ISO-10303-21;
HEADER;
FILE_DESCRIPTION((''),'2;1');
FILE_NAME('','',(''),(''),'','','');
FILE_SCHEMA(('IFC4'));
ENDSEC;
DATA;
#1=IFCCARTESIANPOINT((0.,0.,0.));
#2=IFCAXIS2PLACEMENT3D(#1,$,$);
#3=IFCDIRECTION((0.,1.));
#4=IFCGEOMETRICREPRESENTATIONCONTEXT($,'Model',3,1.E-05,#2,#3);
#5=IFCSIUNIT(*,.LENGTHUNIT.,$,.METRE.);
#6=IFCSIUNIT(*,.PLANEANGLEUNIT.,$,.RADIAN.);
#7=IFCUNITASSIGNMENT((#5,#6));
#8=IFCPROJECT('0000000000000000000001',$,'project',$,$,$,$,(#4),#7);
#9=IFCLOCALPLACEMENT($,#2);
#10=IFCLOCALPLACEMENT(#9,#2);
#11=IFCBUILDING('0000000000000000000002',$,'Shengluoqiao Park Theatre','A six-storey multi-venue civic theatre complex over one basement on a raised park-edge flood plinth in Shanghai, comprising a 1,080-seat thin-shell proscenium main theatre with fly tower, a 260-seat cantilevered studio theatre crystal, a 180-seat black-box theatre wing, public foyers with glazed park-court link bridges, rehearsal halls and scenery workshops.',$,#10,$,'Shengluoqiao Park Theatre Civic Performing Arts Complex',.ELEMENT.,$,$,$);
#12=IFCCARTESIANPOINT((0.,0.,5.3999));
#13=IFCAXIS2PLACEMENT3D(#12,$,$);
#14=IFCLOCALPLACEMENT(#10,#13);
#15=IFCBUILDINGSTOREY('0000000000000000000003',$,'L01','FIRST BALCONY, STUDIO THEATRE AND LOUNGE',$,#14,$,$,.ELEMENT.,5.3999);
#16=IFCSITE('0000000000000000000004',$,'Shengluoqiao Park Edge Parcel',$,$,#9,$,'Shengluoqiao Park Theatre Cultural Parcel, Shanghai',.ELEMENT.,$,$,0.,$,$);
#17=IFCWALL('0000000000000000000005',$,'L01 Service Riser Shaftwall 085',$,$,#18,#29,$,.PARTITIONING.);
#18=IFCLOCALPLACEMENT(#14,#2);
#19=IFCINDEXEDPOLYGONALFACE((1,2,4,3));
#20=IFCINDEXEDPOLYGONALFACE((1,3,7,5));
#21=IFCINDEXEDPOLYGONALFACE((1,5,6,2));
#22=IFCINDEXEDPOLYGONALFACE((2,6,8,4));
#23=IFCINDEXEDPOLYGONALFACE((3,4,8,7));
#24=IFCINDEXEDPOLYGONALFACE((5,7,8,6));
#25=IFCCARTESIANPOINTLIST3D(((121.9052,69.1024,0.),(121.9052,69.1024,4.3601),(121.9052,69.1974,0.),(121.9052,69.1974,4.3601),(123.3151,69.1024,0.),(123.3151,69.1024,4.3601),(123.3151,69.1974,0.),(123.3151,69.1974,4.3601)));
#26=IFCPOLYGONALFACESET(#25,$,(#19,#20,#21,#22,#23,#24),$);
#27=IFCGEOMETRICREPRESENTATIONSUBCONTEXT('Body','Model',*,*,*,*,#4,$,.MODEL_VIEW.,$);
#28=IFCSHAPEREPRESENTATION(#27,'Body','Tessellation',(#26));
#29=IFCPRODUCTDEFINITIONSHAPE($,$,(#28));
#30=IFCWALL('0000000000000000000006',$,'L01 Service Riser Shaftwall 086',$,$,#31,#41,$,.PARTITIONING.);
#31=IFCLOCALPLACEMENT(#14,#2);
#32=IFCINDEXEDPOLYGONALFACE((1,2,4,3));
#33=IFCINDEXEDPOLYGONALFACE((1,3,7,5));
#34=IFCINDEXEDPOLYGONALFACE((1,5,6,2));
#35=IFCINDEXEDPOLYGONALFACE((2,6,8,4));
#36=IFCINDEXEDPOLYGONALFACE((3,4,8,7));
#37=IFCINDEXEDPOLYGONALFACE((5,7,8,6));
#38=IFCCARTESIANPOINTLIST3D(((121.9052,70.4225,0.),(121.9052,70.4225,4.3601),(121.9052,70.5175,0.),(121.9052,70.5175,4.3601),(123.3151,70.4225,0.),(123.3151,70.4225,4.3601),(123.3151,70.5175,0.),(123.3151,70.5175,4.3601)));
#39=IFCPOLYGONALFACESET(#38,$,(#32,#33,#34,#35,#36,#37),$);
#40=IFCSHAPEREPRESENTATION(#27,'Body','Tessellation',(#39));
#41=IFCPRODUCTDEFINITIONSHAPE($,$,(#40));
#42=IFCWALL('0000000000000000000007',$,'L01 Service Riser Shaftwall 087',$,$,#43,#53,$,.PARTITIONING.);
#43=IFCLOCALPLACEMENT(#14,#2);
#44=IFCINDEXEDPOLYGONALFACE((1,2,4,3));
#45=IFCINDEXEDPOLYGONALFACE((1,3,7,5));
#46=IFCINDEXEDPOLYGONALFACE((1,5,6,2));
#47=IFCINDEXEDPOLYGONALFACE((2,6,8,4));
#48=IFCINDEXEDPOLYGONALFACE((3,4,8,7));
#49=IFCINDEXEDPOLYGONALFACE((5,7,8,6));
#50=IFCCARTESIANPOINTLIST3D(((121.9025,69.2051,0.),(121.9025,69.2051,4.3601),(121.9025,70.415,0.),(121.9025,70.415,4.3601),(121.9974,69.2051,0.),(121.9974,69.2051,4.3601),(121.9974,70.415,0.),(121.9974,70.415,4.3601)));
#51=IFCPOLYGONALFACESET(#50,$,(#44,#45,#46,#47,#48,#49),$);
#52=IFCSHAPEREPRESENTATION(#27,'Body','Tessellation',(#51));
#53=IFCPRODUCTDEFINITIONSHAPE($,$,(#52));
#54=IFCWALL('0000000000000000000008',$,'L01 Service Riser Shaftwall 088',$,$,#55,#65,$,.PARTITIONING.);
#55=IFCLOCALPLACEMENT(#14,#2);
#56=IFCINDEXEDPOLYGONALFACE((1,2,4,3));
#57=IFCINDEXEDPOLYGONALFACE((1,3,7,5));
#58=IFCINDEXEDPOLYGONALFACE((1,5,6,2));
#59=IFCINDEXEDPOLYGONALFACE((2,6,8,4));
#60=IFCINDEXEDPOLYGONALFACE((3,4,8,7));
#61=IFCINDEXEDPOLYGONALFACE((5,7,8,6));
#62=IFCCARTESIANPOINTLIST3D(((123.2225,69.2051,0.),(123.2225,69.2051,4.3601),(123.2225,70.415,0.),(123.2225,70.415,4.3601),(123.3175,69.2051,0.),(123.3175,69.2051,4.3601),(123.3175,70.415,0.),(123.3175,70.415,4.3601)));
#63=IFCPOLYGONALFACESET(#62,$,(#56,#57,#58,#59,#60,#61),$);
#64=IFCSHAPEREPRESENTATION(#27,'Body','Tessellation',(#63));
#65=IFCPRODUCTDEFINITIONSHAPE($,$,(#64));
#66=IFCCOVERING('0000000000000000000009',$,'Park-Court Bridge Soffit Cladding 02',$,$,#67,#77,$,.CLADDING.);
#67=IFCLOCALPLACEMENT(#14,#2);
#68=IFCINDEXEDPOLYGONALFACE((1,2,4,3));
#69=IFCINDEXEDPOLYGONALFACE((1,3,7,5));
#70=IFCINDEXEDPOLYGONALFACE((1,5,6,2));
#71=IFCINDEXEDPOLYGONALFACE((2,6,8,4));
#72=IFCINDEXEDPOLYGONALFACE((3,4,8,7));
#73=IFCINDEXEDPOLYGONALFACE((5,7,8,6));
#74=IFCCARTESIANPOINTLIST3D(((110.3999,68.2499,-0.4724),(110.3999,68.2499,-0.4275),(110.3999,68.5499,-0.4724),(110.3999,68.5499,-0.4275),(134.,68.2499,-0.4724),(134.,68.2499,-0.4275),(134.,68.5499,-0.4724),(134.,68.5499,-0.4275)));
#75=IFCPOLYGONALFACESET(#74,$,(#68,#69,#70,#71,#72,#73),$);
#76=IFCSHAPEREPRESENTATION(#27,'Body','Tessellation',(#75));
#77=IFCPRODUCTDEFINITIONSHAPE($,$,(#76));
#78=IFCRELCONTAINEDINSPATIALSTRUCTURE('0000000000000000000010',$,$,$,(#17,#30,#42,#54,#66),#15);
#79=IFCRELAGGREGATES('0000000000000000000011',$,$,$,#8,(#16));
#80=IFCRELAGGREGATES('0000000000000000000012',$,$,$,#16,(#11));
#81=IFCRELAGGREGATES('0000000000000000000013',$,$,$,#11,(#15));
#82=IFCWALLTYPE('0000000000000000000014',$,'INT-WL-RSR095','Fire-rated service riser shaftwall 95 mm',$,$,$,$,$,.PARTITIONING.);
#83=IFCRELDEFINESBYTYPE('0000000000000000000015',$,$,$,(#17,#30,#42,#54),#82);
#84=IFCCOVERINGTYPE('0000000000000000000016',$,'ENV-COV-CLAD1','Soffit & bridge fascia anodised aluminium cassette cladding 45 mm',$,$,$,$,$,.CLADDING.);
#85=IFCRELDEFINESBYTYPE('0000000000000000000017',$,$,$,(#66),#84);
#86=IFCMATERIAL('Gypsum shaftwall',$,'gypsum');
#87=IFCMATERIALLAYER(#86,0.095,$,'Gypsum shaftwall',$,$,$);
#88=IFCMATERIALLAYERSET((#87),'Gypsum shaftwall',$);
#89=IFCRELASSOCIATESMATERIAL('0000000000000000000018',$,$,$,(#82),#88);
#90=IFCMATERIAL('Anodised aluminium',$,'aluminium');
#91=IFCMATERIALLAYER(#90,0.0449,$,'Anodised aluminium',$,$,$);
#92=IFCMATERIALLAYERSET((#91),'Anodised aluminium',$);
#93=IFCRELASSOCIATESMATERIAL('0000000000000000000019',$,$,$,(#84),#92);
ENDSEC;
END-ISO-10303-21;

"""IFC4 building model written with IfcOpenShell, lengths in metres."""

from ifc_helpers import new_model, si_unit, direction, frame, frame_2d, origin, origin_2d, place, context, subcontext, project, spatial, rectangle, extrude, material, layer, layer_set, type_object, element, save


model = new_model("IFC4")

# Units and contexts
model_context = context("Model", 3, precision=1e-05, world=origin(), true_north=direction((0.0, 1.0)))
body_context = subcontext(model_context, "Body", "Model", "MODEL_VIEW")
ifc_project = project(units=[si_unit("LENGTHUNIT", "METRE"), si_unit("PLANEANGLEUNIT", "RADIAN")], contexts=[model_context])

# Site, building, storey
site_placement = place(None, origin())
site = spatial("IfcSite", under=ifc_project, at=site_placement, Name="Shengluoqiao Park Edge Parcel", LongName="Shengluoqiao Park Theatre Cultural Parcel, Shanghai", CompositionType="ELEMENT", RefElevation=0.0)
building_placement = place(site_placement, origin())
building = spatial("IfcBuilding", under=site, at=building_placement, Name="Shengluoqiao Park Theatre", Description="A six-storey multi-venue civic theatre complex over one basement on a raised park-edge flood plinth in Shanghai, comprising a 1,080-seat thin-shell proscenium main theatre with fly tower, a 260-seat cantilevered studio theatre crystal, a 180-seat black-box theatre wing, public foyers with glazed park-court link bridges, rehearsal halls and scenery workshops.", LongName="Shengluoqiao Park Theatre Civic Performing Arts Complex", CompositionType="ELEMENT")
storey_placement = place(building_placement, frame((0.0, 0.0, 5.3999)))
storey = spatial("IfcBuildingStorey", under=building, at=storey_placement, Name="L01", Description="FIRST BALCONY, STUDIO THEATRE AND LOUNGE", CompositionType="ELEMENT", Elevation=5.3999)

# Walls
ifc_material_1 = material(Name="Gypsum shaftwall", Category="gypsum")
ifc_layer_1 = layer(ifc_material_1, 0.095, Name="Gypsum shaftwall")
ifc_layer_set_1 = layer_set([ifc_layer_1], Name="Gypsum shaftwall")
wall_type = type_object("IfcWallType", Name="INT-WL-RSR095", Description="Fire-rated service riser shaftwall 95 mm", PredefinedType="PARTITIONING", material=ifc_layer_set_1)
for number, where, z_axis, x_axis, name in (
    (1, (121.905, 69.1499, 0.0), (0.0, 0.0, 1.0), (1.0, 0.0, 0.0), "L01 Service Riser Shaftwall 085"),
    (2, (121.905, 70.47, 0.0), (0.0, 0.0, 1.0), (1.0, 0.0, 0.0), "L01 Service Riser Shaftwall 086"),
):
    element("IfcWall", number, at=place(storey_placement, frame(where, z_axis=z_axis, x_axis=x_axis)), inside=storey, type_object=wall_type, Name=name, PredefinedType="PARTITIONING", context=body_context, shape_type="SweptSolid", body=[
        extrude(rectangle(XDim=1.4099, YDim=0.095, at=frame_2d((0.7051, 0.0))), origin(), (0.0, 0.0, 1.0), 4.3601),
    ])
for number, where, z_axis, x_axis, name in (
    (3, (121.95, 69.2051, 0.0), (0.0, 0.0, 1.0), (0.0, 1.0, 0.0), "L01 Service Riser Shaftwall 087"),
    (4, (123.27, 69.2051, 0.0), (0.0, 0.0, 1.0), (0.0, 1.0, 0.0), "L01 Service Riser Shaftwall 088"),
):
    element("IfcWall", number, at=place(storey_placement, frame(where, z_axis=z_axis, x_axis=x_axis)), inside=storey, type_object=wall_type, Name=name, PredefinedType="PARTITIONING", context=body_context, shape_type="SweptSolid", body=[
        extrude(rectangle(XDim=1.21, YDim=0.095, at=frame_2d((0.605, 0.0))), origin(), (0.0, 0.0, 1.0), 4.3601),
    ])

# Covering
ifc_material_2 = material(Name="Anodised aluminium", Category="aluminium")
ifc_layer_2 = layer(ifc_material_2, 0.0449, Name="Anodised aluminium")
ifc_layer_set_2 = layer_set([ifc_layer_2], Name="Anodised aluminium")
covering_type = type_object("IfcCoveringType", Name="ENV-COV-CLAD1", Description="Soffit & bridge fascia anodised aluminium cassette cladding 45 mm", PredefinedType="CLADDING", material=ifc_layer_set_2)
covering_placement = place(storey_placement, frame((122.2, 68.3999, -0.4724), z_axis=(0.0, 0.0, 1.0), x_axis=(1.0, 0.0, 0.0)))
element("IfcCovering", 5, at=covering_placement, inside=storey, type_object=covering_type, Name="Park-Court Bridge Soffit Cladding 02", PredefinedType="CLADDING", context=body_context, shape_type="SweptSolid", body=[
    extrude(rectangle(XDim=23.6001, YDim=0.3, at=origin_2d()), origin(), (0.0, 0.0, 1.0), 0.0449),
])

save(model, "model.ifc")
